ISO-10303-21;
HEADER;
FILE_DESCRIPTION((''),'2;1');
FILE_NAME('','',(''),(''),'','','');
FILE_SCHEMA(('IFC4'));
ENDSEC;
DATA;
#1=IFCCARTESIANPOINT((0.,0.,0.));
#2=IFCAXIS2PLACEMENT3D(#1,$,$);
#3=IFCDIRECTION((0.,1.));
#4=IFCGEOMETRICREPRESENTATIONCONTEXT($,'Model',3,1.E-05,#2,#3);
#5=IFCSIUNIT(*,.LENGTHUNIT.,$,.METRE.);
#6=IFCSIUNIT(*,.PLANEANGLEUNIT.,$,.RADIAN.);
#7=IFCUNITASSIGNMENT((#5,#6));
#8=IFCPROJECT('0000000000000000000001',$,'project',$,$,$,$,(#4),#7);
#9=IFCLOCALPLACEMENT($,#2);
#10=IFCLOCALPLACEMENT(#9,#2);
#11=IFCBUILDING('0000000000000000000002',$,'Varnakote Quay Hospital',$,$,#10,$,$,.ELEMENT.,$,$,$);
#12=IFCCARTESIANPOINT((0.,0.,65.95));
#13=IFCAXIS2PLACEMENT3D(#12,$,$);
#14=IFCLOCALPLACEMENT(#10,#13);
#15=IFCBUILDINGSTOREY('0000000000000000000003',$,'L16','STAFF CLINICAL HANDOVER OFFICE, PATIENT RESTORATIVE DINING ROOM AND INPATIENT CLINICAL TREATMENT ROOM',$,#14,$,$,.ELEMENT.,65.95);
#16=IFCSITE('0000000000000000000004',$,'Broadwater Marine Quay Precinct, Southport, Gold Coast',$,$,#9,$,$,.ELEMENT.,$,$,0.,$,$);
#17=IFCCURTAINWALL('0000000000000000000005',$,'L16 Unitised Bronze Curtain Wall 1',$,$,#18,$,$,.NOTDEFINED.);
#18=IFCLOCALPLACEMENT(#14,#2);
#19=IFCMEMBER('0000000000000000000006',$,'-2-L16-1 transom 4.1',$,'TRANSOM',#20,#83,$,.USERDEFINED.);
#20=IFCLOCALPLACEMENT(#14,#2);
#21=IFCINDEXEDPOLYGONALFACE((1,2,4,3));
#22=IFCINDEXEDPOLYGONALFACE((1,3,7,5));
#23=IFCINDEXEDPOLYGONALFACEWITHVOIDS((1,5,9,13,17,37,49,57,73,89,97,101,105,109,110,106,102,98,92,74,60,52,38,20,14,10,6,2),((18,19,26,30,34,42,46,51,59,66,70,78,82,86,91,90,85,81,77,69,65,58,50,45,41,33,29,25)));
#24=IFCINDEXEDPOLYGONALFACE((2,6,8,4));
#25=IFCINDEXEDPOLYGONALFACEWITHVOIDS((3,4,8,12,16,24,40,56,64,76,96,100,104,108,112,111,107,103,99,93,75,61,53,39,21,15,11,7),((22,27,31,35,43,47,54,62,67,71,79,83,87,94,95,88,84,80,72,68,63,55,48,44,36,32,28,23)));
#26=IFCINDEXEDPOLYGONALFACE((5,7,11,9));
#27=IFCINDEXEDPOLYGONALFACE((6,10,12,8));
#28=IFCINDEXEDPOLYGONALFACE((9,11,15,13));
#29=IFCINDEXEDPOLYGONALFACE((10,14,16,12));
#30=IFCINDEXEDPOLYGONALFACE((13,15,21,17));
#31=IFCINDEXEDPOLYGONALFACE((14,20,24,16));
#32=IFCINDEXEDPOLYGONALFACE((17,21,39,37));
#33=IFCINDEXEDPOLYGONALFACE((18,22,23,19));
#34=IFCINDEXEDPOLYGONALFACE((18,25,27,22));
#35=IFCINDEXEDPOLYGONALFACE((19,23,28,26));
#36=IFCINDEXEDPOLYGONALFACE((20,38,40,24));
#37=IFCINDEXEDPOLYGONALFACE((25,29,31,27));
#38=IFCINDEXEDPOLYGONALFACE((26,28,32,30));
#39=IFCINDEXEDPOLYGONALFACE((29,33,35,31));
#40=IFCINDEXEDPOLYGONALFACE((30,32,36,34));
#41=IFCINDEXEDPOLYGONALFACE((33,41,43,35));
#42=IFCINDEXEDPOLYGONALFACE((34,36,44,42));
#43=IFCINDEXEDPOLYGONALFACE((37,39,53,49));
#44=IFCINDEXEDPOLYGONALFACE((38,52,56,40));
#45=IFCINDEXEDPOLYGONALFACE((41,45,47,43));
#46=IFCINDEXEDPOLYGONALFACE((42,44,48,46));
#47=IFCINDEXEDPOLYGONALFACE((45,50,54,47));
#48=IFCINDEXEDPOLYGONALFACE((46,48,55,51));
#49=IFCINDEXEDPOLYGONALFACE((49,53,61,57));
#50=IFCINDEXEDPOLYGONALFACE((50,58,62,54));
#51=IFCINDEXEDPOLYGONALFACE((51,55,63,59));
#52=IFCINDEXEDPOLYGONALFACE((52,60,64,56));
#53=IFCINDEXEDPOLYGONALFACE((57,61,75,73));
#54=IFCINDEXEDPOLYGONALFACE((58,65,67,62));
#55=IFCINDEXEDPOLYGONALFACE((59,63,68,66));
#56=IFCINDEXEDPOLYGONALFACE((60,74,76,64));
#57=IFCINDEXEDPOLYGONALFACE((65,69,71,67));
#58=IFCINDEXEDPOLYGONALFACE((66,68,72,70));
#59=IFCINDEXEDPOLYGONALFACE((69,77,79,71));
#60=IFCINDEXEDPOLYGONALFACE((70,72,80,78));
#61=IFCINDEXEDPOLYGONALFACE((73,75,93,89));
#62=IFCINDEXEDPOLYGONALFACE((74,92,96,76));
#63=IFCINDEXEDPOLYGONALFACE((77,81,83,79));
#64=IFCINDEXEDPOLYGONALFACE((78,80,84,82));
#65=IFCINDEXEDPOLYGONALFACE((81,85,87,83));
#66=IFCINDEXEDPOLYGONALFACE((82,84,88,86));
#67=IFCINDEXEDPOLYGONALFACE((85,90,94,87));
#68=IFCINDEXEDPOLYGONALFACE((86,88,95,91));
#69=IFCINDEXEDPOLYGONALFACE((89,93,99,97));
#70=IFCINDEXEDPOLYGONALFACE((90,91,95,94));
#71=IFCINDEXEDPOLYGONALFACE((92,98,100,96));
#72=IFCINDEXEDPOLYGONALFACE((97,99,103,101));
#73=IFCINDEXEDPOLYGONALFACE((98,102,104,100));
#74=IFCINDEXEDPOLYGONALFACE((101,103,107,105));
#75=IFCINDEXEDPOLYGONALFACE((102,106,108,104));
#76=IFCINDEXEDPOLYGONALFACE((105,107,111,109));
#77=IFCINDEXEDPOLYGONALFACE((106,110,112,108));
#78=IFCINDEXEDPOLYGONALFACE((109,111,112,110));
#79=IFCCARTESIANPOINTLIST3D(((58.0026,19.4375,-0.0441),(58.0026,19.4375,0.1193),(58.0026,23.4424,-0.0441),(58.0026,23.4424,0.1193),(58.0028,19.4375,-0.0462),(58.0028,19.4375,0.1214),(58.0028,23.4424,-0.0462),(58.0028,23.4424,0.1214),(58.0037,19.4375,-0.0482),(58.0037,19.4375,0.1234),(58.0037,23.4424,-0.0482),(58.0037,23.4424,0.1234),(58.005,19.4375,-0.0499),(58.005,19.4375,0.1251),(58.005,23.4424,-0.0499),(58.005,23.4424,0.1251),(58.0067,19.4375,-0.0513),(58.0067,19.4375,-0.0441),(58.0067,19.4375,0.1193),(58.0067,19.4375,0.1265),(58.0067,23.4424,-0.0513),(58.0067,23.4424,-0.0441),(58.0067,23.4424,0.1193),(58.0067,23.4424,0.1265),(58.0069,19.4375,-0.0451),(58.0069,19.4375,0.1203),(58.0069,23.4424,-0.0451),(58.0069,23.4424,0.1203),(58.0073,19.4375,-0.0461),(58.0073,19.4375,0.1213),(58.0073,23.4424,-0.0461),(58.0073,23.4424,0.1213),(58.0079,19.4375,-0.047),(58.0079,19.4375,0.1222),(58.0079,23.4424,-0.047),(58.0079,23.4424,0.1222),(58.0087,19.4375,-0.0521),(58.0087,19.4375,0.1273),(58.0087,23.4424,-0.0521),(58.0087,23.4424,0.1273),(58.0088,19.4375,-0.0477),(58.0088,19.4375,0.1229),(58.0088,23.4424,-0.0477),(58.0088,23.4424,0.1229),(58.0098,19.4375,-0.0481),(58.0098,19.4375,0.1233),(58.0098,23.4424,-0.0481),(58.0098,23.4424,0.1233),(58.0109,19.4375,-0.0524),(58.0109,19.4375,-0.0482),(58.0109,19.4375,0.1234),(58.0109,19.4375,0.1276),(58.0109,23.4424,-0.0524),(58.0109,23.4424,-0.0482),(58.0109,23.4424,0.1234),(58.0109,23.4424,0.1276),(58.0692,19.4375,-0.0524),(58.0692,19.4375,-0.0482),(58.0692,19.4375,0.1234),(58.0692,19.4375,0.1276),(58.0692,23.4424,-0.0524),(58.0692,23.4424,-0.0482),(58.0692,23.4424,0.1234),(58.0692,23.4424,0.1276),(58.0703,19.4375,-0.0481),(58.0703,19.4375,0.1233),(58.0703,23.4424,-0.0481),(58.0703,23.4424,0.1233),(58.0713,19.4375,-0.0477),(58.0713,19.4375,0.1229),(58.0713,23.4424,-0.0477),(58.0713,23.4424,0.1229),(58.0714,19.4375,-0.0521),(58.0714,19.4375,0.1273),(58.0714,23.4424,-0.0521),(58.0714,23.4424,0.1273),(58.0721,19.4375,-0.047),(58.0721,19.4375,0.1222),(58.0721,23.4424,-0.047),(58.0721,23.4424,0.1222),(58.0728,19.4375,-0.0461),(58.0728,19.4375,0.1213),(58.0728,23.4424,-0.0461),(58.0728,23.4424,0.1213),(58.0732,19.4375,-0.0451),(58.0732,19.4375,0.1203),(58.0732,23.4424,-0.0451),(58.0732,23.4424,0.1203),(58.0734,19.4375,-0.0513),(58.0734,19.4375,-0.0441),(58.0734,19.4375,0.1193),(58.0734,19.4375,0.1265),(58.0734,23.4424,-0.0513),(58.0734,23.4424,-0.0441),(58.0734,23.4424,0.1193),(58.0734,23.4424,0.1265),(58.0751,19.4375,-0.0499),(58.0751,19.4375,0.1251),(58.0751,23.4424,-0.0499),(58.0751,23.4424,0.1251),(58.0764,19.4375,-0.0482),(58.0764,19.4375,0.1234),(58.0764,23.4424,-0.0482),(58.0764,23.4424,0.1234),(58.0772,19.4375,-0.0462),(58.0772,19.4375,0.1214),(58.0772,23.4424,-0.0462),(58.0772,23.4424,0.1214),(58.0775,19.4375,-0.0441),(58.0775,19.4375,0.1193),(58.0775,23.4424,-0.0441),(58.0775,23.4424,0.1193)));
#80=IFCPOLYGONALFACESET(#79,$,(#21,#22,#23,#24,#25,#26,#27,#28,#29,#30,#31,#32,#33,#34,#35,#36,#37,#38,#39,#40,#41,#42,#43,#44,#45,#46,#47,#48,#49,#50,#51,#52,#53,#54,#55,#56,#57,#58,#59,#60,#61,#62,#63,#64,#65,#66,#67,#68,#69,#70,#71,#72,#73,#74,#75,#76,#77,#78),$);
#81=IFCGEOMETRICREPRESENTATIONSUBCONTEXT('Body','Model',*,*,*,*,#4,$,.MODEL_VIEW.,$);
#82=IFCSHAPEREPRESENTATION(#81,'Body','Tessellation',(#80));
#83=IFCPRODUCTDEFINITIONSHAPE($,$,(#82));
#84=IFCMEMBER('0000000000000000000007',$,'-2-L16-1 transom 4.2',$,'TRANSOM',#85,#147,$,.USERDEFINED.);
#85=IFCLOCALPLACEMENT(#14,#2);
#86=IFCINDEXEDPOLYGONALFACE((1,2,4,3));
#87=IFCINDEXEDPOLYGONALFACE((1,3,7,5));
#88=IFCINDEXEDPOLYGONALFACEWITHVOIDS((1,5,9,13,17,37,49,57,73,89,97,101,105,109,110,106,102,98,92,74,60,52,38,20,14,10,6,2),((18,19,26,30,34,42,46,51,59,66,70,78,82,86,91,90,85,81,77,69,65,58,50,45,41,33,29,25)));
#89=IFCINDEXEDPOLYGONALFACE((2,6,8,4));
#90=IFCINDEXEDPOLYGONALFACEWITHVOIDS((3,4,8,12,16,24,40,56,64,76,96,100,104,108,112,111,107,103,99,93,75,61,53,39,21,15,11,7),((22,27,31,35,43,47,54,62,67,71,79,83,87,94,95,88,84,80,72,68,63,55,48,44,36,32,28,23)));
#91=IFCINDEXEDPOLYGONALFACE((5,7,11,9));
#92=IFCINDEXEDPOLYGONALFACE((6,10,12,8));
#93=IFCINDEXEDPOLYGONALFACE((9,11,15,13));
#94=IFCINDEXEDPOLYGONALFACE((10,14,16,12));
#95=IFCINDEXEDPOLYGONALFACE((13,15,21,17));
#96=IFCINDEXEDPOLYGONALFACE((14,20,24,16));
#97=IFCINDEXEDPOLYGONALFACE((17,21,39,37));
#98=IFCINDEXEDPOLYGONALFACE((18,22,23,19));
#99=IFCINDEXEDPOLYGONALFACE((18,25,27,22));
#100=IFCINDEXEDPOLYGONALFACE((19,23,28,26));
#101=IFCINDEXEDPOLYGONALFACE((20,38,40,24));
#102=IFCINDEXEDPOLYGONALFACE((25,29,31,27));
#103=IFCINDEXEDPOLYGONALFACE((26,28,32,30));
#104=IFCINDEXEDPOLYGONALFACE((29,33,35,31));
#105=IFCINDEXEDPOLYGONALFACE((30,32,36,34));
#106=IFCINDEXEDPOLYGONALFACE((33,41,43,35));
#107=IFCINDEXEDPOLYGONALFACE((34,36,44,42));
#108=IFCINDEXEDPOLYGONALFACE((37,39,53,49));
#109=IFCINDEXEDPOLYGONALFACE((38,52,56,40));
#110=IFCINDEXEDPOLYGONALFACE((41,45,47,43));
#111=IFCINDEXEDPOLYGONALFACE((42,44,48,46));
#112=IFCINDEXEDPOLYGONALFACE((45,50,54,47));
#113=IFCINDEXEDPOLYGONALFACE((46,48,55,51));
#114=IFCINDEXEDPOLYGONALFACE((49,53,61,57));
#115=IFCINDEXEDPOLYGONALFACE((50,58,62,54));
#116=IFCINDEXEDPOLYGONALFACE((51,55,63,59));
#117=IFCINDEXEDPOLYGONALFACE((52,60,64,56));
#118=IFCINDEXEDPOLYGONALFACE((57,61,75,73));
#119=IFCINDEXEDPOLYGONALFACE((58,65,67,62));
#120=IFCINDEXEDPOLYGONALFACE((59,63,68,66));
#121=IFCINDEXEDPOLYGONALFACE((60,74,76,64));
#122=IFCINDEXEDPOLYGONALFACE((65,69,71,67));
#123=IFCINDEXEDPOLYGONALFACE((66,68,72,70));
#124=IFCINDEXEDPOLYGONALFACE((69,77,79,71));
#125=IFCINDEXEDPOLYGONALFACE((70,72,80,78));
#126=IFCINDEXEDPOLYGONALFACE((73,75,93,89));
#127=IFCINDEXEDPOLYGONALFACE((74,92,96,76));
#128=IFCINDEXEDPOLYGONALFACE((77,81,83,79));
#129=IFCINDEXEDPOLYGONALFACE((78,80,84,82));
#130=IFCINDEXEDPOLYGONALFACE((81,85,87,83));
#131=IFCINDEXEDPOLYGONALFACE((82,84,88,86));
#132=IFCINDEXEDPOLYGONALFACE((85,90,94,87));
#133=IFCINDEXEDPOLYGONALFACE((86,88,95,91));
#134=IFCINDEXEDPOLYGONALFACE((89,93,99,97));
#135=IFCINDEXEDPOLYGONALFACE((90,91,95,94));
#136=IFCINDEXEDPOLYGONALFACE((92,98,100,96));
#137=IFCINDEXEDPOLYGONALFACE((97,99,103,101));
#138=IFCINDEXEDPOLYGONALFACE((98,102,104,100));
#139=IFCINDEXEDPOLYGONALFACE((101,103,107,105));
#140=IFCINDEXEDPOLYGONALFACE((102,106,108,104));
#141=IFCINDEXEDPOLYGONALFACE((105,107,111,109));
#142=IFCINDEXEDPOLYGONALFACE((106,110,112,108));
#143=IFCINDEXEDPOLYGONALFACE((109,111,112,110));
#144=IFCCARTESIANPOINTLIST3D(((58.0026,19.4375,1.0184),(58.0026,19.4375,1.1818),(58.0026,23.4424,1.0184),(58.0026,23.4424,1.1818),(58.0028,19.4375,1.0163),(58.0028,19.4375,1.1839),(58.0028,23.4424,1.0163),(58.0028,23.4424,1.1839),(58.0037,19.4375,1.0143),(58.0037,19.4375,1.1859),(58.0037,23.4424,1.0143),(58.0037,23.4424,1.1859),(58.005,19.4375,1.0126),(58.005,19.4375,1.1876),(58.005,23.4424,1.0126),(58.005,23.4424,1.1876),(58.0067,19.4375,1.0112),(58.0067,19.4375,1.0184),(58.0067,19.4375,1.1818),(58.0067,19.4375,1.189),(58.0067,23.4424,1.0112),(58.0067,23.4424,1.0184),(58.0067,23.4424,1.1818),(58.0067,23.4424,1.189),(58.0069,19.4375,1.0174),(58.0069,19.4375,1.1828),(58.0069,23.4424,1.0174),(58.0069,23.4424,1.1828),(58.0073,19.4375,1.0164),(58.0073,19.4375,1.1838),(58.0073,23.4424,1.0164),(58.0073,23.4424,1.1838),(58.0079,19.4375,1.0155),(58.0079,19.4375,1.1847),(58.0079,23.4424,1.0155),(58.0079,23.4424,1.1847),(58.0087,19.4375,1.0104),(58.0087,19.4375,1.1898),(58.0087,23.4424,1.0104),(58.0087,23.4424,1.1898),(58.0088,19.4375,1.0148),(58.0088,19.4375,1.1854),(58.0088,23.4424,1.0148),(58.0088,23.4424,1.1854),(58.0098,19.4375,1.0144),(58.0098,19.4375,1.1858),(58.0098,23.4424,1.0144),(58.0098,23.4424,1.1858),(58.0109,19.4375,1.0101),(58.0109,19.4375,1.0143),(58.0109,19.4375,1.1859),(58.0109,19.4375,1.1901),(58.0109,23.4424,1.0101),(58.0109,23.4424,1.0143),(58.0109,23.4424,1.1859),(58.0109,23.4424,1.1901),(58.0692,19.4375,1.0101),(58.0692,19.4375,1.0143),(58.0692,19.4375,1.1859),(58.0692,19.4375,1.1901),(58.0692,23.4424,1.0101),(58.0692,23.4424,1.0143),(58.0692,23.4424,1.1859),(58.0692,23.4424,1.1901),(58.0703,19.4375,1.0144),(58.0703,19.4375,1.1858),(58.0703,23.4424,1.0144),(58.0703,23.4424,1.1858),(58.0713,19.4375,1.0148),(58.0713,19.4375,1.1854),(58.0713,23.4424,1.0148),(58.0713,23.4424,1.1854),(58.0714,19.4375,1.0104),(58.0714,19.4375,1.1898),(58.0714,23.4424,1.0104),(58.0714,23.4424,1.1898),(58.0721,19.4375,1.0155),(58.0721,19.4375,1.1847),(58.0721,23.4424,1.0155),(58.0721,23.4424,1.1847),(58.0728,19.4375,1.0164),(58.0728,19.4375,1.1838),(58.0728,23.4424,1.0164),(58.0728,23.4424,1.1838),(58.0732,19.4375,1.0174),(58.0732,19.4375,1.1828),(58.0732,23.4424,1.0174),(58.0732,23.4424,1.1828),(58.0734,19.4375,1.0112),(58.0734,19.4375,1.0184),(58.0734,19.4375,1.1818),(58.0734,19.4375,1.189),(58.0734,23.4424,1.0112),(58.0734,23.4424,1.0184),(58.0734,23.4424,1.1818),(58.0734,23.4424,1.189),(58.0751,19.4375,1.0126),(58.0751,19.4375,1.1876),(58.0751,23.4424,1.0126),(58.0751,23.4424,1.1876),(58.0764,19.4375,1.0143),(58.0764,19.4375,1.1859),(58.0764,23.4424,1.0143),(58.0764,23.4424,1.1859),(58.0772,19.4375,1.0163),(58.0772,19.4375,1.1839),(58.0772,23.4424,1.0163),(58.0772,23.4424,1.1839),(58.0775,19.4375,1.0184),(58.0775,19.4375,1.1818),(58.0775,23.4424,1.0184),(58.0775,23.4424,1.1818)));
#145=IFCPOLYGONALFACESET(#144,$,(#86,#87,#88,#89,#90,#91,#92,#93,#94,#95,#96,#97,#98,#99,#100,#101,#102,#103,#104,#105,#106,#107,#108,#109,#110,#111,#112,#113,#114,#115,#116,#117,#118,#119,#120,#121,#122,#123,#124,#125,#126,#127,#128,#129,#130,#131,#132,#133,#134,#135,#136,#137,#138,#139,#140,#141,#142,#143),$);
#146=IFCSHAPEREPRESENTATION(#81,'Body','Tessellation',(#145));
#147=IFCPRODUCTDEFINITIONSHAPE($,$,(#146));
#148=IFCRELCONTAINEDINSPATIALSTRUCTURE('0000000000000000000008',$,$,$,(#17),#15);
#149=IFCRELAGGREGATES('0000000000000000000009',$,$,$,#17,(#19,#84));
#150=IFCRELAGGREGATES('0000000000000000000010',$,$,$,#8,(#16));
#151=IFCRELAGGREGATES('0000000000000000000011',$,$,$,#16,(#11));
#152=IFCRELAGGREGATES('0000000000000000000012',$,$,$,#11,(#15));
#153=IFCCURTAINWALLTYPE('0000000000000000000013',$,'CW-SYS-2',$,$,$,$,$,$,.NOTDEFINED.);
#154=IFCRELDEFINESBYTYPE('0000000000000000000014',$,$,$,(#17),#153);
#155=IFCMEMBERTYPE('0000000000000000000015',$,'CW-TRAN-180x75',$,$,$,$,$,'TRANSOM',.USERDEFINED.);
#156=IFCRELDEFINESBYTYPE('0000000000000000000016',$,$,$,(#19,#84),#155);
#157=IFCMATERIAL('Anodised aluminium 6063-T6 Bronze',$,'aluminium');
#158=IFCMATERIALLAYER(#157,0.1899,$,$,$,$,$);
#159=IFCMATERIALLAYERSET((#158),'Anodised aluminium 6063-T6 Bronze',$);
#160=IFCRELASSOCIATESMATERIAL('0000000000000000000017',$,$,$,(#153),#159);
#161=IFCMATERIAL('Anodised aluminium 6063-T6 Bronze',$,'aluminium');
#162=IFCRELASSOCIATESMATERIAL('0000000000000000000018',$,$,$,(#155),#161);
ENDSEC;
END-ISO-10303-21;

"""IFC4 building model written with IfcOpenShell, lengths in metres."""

from ifc_helpers import new_model, si_unit, direction, frame, origin, origin_2d, place, context, subcontext, project, spatial, hollow_rectangle, extrude, material, layer, layer_set, material_profile, profile_set, type_object, element, aggregate, save


model = new_model("IFC4")

# Units and contexts
model_context = context("Model", 3, precision=1e-05, world=origin(), true_north=direction((0.0, 1.0)))
body_context = subcontext(model_context, "Body", "Model", "MODEL_VIEW")
ifc_project = project(units=[si_unit("LENGTHUNIT", "METRE"), si_unit("PLANEANGLEUNIT", "RADIAN")], contexts=[model_context])

# Site, building, storey
site_placement = place(None, origin())
site = spatial("IfcSite", under=ifc_project, at=site_placement, Name="Broadwater Marine Quay Precinct, Southport, Gold Coast", CompositionType="ELEMENT", RefElevation=0.0)
building_placement = place(site_placement, origin())
building = spatial("IfcBuilding", under=site, at=building_placement, Name="Varnakote Quay Hospital", CompositionType="ELEMENT")
storey_placement = place(building_placement, frame((0.0, 0.0, 65.95)))
storey = spatial("IfcBuildingStorey", under=building, at=storey_placement, Name="L16", Description="STAFF CLINICAL HANDOVER OFFICE, PATIENT RESTORATIVE DINING ROOM AND INPATIENT CLINICAL TREATMENT ROOM", CompositionType="ELEMENT", Elevation=65.95)

# Curtain wall, members
ifc_material_1 = material(Name="Anodised aluminium 6063-T6 Bronze", Category="aluminium")
ifc_layer_1 = layer(ifc_material_1, 0.1899)
ifc_layer_set_1 = layer_set([ifc_layer_1], Name="Anodised aluminium 6063-T6 Bronze")
curtain_wall_type = type_object("IfcCurtainWallType", Name="CW-SYS-2", PredefinedType="NOTDEFINED", material=ifc_layer_set_1)
curtain_wall_placement = place(storey_placement, origin())
curtain_wall = element("IfcCurtainWall", 1, at=curtain_wall_placement, inside=storey, type_object=curtain_wall_type, Name="L16 Unitised Bronze Curtain Wall 1", PredefinedType="NOTDEFINED")
ifc_material_2 = material(Name="Anodised aluminium 6063-T6 Bronze", Category="aluminium")
ifc_material_profile_1 = material_profile(ifc_material_2, hollow_rectangle(XDim=0.075, YDim=0.1799, WallThickness=0.0042, InnerFilletRadius=0.0042, OuterFilletRadius=0.0083, at=origin_2d()), Name="CW-TRAN-180x75")
ifc_profile_set_1 = profile_set([ifc_material_profile_1], Name="Anodised aluminium 6063-T6 Bronze")
member_type_1 = type_object("IfcMemberType", Name="CW-TRAN-180x75", ElementType="TRANSOM", PredefinedType="USERDEFINED", material=ifc_profile_set_1)
member_1_placement = place(storey_placement, frame((58.04, 19.4375, 0.0376), z_axis=(0.0, 1.0, 0.0), x_axis=(-1.0, 0.0, 0.0)))
member_1 = element("IfcMember", 2, at=member_1_placement, type_object=member_type_1, Name="-2-L16-1 transom 4.1", ObjectType="TRANSOM", PredefinedType="USERDEFINED", context=body_context, shape_type="SweptSolid", body=[
    extrude(hollow_rectangle(XDim=0.075, YDim=0.1799, WallThickness=0.0042, InnerFilletRadius=0.0042, OuterFilletRadius=0.0083, at=origin_2d()), origin(), (0.0, 0.0, 1.0), 4.0049),
])
member_2_placement = place(storey_placement, frame((58.04, 19.4375, 1.1001), z_axis=(0.0, 1.0, 0.0), x_axis=(-1.0, 0.0, 0.0)))
member_2 = element("IfcMember", 3, at=member_2_placement, type_object=member_type_1, Name="-2-L16-1 transom 4.2", ObjectType="TRANSOM", PredefinedType="USERDEFINED", context=body_context, shape_type="SweptSolid", body=[
    extrude(hollow_rectangle(XDim=0.075, YDim=0.1799, WallThickness=0.0042, InnerFilletRadius=0.0042, OuterFilletRadius=0.0083, at=origin_2d()), origin(), (0.0, 0.0, 1.0), 4.0049),
])
aggregate(curtain_wall, [member_1, member_2])

save(model, "model.ifc")
